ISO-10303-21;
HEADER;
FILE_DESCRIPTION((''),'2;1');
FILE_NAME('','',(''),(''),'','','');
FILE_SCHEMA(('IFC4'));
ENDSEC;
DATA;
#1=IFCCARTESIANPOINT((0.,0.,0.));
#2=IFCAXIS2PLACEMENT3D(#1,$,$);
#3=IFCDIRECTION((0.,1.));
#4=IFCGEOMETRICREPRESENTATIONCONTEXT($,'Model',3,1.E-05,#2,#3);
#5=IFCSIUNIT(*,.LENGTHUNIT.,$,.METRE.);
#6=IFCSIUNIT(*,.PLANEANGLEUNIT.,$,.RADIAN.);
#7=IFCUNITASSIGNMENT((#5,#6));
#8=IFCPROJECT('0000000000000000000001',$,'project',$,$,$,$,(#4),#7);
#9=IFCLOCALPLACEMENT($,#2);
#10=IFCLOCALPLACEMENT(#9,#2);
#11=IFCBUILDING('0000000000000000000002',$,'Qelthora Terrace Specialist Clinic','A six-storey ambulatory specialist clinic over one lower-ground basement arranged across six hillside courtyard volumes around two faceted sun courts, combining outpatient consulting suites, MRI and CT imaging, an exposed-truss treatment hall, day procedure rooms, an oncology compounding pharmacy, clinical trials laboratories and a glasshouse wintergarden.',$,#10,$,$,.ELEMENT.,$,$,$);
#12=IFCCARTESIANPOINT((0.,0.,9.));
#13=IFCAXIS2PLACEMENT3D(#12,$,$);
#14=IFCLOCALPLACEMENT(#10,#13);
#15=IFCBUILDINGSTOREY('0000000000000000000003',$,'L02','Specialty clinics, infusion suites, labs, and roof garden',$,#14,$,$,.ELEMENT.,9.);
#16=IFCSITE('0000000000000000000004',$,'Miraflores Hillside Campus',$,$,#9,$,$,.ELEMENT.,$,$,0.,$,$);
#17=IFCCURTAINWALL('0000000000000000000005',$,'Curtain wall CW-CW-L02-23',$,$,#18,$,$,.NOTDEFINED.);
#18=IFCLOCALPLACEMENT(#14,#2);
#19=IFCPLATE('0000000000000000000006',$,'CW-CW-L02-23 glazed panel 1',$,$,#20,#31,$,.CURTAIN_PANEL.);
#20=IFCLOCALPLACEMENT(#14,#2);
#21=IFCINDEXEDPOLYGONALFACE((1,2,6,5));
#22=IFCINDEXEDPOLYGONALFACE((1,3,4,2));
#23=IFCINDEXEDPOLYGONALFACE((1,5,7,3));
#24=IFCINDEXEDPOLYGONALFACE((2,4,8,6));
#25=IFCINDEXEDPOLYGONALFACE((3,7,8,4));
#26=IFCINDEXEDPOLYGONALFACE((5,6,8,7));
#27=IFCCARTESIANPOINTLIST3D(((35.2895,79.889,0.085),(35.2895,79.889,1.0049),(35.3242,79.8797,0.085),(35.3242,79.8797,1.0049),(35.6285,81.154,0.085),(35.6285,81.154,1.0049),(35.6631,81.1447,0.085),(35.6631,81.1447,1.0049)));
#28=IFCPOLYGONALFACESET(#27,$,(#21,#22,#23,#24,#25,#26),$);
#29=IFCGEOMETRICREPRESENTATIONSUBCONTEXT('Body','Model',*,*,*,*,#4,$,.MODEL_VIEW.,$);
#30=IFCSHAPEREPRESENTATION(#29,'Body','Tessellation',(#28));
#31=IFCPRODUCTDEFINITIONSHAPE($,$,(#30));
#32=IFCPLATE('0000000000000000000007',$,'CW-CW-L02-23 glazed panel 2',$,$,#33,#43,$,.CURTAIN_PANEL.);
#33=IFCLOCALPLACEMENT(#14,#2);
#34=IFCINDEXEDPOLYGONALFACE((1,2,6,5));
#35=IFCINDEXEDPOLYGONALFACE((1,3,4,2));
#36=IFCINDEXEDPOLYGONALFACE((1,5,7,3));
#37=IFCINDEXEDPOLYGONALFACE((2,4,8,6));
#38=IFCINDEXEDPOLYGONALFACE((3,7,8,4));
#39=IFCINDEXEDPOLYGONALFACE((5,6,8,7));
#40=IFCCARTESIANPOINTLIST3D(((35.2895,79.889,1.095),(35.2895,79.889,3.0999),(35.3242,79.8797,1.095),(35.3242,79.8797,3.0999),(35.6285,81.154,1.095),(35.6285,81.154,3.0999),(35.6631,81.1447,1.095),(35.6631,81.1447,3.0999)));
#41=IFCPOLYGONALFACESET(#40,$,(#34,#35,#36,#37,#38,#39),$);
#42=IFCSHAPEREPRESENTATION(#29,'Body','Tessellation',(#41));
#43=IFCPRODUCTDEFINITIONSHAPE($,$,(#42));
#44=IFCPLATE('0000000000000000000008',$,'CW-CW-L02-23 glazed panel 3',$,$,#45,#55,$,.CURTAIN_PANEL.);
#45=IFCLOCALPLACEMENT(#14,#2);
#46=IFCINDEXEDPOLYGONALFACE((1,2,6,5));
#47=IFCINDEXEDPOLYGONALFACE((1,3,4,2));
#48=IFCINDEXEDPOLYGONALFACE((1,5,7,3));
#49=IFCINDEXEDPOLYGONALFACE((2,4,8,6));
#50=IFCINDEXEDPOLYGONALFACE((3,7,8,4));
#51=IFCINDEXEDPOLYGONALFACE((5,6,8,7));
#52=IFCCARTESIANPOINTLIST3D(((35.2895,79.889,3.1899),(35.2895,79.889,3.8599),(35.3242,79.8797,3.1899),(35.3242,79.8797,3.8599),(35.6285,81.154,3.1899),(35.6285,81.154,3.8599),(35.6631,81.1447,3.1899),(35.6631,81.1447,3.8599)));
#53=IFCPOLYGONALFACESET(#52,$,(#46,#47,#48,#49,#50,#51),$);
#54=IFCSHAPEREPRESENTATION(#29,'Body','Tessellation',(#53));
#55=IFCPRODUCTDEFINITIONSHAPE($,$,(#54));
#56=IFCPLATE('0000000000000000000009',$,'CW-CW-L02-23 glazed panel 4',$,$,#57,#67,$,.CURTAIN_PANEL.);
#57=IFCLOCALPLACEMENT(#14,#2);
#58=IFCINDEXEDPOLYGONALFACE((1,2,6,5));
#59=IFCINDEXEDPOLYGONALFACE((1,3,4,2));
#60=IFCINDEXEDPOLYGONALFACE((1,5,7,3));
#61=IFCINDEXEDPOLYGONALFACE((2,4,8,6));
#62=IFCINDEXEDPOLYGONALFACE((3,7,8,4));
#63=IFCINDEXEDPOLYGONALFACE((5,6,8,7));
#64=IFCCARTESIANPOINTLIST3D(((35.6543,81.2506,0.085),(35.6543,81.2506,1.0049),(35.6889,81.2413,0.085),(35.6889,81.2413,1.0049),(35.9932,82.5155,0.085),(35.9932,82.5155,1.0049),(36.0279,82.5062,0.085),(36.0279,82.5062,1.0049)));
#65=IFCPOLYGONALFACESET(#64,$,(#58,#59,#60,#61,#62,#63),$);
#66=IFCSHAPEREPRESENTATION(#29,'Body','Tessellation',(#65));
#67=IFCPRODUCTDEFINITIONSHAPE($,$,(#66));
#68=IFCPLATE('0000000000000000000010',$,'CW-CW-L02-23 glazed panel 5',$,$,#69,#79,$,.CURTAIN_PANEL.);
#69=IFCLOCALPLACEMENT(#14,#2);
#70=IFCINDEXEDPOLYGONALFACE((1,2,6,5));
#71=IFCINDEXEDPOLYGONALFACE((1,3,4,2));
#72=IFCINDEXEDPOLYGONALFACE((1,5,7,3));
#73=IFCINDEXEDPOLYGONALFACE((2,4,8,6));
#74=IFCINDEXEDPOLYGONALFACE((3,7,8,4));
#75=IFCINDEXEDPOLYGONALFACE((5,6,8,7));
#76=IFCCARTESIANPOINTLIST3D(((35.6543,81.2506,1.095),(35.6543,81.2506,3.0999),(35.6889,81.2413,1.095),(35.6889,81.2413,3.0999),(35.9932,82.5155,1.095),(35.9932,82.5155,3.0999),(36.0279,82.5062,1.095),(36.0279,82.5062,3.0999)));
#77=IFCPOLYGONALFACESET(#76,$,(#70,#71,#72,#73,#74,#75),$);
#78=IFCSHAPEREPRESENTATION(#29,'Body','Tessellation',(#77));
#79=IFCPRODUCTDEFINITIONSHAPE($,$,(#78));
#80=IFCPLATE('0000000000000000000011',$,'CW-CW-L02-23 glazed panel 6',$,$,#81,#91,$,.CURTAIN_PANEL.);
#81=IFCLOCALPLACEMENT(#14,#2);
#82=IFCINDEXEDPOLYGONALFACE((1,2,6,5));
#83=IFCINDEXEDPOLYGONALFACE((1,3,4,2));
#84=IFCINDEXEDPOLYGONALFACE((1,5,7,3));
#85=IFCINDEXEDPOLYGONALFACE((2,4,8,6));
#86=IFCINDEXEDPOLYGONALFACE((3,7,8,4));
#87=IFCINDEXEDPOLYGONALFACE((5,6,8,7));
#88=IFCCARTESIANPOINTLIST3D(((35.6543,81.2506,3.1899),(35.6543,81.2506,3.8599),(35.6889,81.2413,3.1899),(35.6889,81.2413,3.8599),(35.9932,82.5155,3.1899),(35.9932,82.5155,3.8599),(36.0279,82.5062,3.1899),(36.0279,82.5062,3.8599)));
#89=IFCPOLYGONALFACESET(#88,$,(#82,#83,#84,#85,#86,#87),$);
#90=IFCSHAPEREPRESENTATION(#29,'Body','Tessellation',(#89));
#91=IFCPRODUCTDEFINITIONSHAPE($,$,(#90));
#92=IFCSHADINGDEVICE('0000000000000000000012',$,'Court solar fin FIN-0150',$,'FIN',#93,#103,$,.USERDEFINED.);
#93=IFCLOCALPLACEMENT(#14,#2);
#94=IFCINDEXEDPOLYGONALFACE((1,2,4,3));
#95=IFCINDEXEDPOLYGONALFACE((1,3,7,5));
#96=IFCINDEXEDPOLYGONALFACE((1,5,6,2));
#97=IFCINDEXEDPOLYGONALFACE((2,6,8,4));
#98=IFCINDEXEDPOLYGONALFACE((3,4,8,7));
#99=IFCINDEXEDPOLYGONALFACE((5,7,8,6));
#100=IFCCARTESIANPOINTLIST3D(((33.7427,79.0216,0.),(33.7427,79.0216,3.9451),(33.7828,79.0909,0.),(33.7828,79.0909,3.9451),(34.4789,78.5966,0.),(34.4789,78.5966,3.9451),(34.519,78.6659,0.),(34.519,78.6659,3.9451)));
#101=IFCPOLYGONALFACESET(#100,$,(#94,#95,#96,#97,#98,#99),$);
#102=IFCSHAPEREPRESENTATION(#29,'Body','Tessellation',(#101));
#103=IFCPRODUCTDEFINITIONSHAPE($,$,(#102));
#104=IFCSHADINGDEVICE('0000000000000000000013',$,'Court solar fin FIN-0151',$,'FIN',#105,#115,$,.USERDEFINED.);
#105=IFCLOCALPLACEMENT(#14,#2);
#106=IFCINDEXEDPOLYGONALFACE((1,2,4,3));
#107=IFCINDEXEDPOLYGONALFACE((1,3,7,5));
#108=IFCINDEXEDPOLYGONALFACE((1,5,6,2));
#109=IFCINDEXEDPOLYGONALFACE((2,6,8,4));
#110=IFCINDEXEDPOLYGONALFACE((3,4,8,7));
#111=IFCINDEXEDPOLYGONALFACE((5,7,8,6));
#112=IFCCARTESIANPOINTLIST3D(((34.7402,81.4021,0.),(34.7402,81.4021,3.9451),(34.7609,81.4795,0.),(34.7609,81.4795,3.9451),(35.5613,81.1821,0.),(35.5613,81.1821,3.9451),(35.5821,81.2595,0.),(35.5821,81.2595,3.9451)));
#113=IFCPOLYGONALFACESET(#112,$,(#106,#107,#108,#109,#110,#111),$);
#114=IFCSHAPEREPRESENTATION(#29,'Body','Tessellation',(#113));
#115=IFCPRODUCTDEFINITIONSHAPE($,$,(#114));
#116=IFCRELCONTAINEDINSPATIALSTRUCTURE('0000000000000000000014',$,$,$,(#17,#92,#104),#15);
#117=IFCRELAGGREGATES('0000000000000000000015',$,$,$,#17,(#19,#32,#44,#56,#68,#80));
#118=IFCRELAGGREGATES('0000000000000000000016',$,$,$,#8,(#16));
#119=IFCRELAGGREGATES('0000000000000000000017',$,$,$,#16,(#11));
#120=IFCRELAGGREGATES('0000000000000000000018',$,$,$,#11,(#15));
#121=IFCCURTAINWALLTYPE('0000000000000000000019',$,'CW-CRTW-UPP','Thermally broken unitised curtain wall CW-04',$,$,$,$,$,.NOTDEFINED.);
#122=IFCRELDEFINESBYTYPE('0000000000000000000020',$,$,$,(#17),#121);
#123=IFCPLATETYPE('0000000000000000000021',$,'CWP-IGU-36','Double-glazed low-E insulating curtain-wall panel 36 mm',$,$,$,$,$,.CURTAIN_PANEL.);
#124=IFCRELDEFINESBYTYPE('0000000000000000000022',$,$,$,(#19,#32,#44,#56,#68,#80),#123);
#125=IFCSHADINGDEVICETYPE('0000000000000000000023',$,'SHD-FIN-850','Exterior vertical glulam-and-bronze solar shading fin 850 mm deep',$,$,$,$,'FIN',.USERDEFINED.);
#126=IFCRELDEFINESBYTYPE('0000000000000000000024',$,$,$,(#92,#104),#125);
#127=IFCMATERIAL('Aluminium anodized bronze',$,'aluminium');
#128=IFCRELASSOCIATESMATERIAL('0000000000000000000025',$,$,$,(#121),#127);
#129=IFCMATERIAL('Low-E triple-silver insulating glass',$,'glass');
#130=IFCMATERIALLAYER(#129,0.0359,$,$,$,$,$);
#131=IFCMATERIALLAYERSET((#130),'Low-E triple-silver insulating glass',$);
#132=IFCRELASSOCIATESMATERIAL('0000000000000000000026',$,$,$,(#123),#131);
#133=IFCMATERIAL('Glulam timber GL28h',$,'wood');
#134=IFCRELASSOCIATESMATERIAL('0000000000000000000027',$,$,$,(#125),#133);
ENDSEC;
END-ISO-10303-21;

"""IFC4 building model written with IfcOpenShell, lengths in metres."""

from ifc_helpers import new_model, si_unit, direction, frame, origin, origin_2d, place, context, subcontext, project, spatial, rectangle, extrude, material, layer, layer_set, type_object, element, aggregate, save


model = new_model("IFC4")

# Units and contexts
model_context = context("Model", 3, precision=1e-05, world=origin(), true_north=direction((0.0, 1.0)))
body_context = subcontext(model_context, "Body", "Model", "MODEL_VIEW")
ifc_project = project(units=[si_unit("LENGTHUNIT", "METRE"), si_unit("PLANEANGLEUNIT", "RADIAN")], contexts=[model_context])

# Site, building, storey
site_placement = place(None, origin())
site = spatial("IfcSite", under=ifc_project, at=site_placement, Name="Miraflores Hillside Campus", CompositionType="ELEMENT", RefElevation=0.0)
building_placement = place(site_placement, origin())
building = spatial("IfcBuilding", under=site, at=building_placement, Name="Qelthora Terrace Specialist Clinic", Description="A six-storey ambulatory specialist clinic over one lower-ground basement arranged across six hillside courtyard volumes around two faceted sun courts, combining outpatient consulting suites, MRI and CT imaging, an exposed-truss treatment hall, day procedure rooms, an oncology compounding pharmacy, clinical trials laboratories and a glasshouse wintergarden.", CompositionType="ELEMENT")
storey_placement = place(building_placement, frame((0.0, 0.0, 9.0)))
storey = spatial("IfcBuildingStorey", under=building, at=storey_placement, Name="L02", Description="Specialty clinics, infusion suites, labs, and roof garden", CompositionType="ELEMENT", Elevation=9.0)

# Curtain wall
ifc_material_1 = material(Name="Aluminium anodized bronze", Category="aluminium")
curtain_wall_type = type_object("IfcCurtainWallType", Name="CW-CRTW-UPP", Description="Thermally broken unitised curtain wall CW-04", PredefinedType="NOTDEFINED", material=ifc_material_1)
curtain_wall_1_placement = place(storey_placement, origin())
curtain_wall_1 = element("IfcCurtainWall", 1, at=curtain_wall_1_placement, inside=storey, type_object=curtain_wall_type, Name="Curtain wall CW-CW-L02-23", PredefinedType="NOTDEFINED")

# Plates
ifc_material_2 = material(Name="Low-E triple-silver insulating glass", Category="glass")
ifc_layer = layer(ifc_material_2, 0.0359)
ifc_layer_set = layer_set([ifc_layer], Name="Low-E triple-silver insulating glass")
plate_type = type_object("IfcPlateType", Name="CWP-IGU-36", Description="Double-glazed low-E insulating curtain-wall panel 36 mm", PredefinedType="CURTAIN_PANEL", material=ifc_layer_set)
plate_1_placement = place(storey_placement, frame((35.4763, 80.5168, 0.085), z_axis=(0.0, 0.0, 1.0), x_axis=(0.258821, 0.965925, 0.0)))
plate_1 = element("IfcPlate", 2, at=plate_1_placement, type_object=plate_type, Name="CW-CW-L02-23 glazed panel 1", PredefinedType="CURTAIN_PANEL", context=body_context, shape_type="SweptSolid", body=[
    extrude(rectangle(XDim=1.3096, YDim=0.0359, at=origin_2d()), origin(), (0.0, 0.0, 1.0), 0.9199),
])
plate_2_placement = place(storey_placement, frame((35.4763, 80.5168, 1.095), z_axis=(0.0, 0.0, 1.0), x_axis=(0.258821, 0.965925, 0.0)))
plate_2 = element("IfcPlate", 3, at=plate_2_placement, type_object=plate_type, Name="CW-CW-L02-23 glazed panel 2", PredefinedType="CURTAIN_PANEL", context=body_context, shape_type="SweptSolid", body=[
    extrude(rectangle(XDim=1.3096, YDim=0.0359, at=origin_2d()), origin(), (0.0, 0.0, 1.0), 2.0049),
])
plate_3_placement = place(storey_placement, frame((35.4763, 80.5168, 3.1899), z_axis=(0.0, 0.0, 1.0), x_axis=(0.258821, 0.965925, 0.0)))
plate_3 = element("IfcPlate", 4, at=plate_3_placement, type_object=plate_type, Name="CW-CW-L02-23 glazed panel 3", PredefinedType="CURTAIN_PANEL", context=body_context, shape_type="SweptSolid", body=[
    extrude(rectangle(XDim=1.3096, YDim=0.0359, at=origin_2d()), origin(), (0.0, 0.0, 1.0), 0.6699),
])
plate_4_placement = place(storey_placement, frame((35.8411, 81.8784, 0.085), z_axis=(0.0, 0.0, 1.0), x_axis=(0.258821, 0.965925, 0.0)))
plate_4 = element("IfcPlate", 5, at=plate_4_placement, type_object=plate_type, Name="CW-CW-L02-23 glazed panel 4", PredefinedType="CURTAIN_PANEL", context=body_context, shape_type="SweptSolid", body=[
    extrude(rectangle(XDim=1.3096, YDim=0.0359, at=origin_2d()), origin(), (0.0, 0.0, 1.0), 0.9199),
])
plate_5_placement = place(storey_placement, frame((35.8411, 81.8784, 1.095), z_axis=(0.0, 0.0, 1.0), x_axis=(0.258821, 0.965925, 0.0)))
plate_5 = element("IfcPlate", 6, at=plate_5_placement, type_object=plate_type, Name="CW-CW-L02-23 glazed panel 5", PredefinedType="CURTAIN_PANEL", context=body_context, shape_type="SweptSolid", body=[
    extrude(rectangle(XDim=1.3096, YDim=0.0359, at=origin_2d()), origin(), (0.0, 0.0, 1.0), 2.0049),
])
plate_6_placement = place(storey_placement, frame((35.8411, 81.8784, 3.1899), z_axis=(0.0, 0.0, 1.0), x_axis=(0.258821, 0.965925, 0.0)))
plate_6 = element("IfcPlate", 7, at=plate_6_placement, type_object=plate_type, Name="CW-CW-L02-23 glazed panel 6", PredefinedType="CURTAIN_PANEL", context=body_context, shape_type="SweptSolid", body=[
    extrude(rectangle(XDim=1.3096, YDim=0.0359, at=origin_2d()), origin(), (0.0, 0.0, 1.0), 0.6699),
])
aggregate(curtain_wall_1, [plate_1, plate_2, plate_3, plate_4, plate_5, plate_6])

# Shading devices
ifc_material_3 = material(Name="Glulam timber GL28h", Category="wood")
shading_device_type = type_object("IfcShadingDeviceType", Name="SHD-FIN-850", Description="Exterior vertical glulam-and-bronze solar shading fin 850 mm deep", ElementType="FIN", PredefinedType="USERDEFINED", material=ifc_material_3)
for number, where, z_axis, x_axis, name in (
    (8, (34.1309, 78.8438, 0.0), (0.0, 0.0, 1.0), (-0.866025, 0.5, 0.0), "Court solar fin FIN-0150"),
    (9, (35.1611, 81.3308, 0.0), (0.0, 0.0, 1.0), (-0.965926, 0.258819, 0.0), "Court solar fin FIN-0151"),
):
    element("IfcShadingDevice", number, at=place(storey_placement, frame(where, z_axis=z_axis, x_axis=x_axis)), inside=storey, type_object=shading_device_type, Name=name, ObjectType="FIN", PredefinedType="USERDEFINED", context=body_context, shape_type="SweptSolid", body=[
        extrude(rectangle(XDim=0.8501, YDim=0.0801, at=origin_2d()), origin(), (0.0, 0.0, 1.0), 3.9451),
    ])

save(model, "model.ifc")
